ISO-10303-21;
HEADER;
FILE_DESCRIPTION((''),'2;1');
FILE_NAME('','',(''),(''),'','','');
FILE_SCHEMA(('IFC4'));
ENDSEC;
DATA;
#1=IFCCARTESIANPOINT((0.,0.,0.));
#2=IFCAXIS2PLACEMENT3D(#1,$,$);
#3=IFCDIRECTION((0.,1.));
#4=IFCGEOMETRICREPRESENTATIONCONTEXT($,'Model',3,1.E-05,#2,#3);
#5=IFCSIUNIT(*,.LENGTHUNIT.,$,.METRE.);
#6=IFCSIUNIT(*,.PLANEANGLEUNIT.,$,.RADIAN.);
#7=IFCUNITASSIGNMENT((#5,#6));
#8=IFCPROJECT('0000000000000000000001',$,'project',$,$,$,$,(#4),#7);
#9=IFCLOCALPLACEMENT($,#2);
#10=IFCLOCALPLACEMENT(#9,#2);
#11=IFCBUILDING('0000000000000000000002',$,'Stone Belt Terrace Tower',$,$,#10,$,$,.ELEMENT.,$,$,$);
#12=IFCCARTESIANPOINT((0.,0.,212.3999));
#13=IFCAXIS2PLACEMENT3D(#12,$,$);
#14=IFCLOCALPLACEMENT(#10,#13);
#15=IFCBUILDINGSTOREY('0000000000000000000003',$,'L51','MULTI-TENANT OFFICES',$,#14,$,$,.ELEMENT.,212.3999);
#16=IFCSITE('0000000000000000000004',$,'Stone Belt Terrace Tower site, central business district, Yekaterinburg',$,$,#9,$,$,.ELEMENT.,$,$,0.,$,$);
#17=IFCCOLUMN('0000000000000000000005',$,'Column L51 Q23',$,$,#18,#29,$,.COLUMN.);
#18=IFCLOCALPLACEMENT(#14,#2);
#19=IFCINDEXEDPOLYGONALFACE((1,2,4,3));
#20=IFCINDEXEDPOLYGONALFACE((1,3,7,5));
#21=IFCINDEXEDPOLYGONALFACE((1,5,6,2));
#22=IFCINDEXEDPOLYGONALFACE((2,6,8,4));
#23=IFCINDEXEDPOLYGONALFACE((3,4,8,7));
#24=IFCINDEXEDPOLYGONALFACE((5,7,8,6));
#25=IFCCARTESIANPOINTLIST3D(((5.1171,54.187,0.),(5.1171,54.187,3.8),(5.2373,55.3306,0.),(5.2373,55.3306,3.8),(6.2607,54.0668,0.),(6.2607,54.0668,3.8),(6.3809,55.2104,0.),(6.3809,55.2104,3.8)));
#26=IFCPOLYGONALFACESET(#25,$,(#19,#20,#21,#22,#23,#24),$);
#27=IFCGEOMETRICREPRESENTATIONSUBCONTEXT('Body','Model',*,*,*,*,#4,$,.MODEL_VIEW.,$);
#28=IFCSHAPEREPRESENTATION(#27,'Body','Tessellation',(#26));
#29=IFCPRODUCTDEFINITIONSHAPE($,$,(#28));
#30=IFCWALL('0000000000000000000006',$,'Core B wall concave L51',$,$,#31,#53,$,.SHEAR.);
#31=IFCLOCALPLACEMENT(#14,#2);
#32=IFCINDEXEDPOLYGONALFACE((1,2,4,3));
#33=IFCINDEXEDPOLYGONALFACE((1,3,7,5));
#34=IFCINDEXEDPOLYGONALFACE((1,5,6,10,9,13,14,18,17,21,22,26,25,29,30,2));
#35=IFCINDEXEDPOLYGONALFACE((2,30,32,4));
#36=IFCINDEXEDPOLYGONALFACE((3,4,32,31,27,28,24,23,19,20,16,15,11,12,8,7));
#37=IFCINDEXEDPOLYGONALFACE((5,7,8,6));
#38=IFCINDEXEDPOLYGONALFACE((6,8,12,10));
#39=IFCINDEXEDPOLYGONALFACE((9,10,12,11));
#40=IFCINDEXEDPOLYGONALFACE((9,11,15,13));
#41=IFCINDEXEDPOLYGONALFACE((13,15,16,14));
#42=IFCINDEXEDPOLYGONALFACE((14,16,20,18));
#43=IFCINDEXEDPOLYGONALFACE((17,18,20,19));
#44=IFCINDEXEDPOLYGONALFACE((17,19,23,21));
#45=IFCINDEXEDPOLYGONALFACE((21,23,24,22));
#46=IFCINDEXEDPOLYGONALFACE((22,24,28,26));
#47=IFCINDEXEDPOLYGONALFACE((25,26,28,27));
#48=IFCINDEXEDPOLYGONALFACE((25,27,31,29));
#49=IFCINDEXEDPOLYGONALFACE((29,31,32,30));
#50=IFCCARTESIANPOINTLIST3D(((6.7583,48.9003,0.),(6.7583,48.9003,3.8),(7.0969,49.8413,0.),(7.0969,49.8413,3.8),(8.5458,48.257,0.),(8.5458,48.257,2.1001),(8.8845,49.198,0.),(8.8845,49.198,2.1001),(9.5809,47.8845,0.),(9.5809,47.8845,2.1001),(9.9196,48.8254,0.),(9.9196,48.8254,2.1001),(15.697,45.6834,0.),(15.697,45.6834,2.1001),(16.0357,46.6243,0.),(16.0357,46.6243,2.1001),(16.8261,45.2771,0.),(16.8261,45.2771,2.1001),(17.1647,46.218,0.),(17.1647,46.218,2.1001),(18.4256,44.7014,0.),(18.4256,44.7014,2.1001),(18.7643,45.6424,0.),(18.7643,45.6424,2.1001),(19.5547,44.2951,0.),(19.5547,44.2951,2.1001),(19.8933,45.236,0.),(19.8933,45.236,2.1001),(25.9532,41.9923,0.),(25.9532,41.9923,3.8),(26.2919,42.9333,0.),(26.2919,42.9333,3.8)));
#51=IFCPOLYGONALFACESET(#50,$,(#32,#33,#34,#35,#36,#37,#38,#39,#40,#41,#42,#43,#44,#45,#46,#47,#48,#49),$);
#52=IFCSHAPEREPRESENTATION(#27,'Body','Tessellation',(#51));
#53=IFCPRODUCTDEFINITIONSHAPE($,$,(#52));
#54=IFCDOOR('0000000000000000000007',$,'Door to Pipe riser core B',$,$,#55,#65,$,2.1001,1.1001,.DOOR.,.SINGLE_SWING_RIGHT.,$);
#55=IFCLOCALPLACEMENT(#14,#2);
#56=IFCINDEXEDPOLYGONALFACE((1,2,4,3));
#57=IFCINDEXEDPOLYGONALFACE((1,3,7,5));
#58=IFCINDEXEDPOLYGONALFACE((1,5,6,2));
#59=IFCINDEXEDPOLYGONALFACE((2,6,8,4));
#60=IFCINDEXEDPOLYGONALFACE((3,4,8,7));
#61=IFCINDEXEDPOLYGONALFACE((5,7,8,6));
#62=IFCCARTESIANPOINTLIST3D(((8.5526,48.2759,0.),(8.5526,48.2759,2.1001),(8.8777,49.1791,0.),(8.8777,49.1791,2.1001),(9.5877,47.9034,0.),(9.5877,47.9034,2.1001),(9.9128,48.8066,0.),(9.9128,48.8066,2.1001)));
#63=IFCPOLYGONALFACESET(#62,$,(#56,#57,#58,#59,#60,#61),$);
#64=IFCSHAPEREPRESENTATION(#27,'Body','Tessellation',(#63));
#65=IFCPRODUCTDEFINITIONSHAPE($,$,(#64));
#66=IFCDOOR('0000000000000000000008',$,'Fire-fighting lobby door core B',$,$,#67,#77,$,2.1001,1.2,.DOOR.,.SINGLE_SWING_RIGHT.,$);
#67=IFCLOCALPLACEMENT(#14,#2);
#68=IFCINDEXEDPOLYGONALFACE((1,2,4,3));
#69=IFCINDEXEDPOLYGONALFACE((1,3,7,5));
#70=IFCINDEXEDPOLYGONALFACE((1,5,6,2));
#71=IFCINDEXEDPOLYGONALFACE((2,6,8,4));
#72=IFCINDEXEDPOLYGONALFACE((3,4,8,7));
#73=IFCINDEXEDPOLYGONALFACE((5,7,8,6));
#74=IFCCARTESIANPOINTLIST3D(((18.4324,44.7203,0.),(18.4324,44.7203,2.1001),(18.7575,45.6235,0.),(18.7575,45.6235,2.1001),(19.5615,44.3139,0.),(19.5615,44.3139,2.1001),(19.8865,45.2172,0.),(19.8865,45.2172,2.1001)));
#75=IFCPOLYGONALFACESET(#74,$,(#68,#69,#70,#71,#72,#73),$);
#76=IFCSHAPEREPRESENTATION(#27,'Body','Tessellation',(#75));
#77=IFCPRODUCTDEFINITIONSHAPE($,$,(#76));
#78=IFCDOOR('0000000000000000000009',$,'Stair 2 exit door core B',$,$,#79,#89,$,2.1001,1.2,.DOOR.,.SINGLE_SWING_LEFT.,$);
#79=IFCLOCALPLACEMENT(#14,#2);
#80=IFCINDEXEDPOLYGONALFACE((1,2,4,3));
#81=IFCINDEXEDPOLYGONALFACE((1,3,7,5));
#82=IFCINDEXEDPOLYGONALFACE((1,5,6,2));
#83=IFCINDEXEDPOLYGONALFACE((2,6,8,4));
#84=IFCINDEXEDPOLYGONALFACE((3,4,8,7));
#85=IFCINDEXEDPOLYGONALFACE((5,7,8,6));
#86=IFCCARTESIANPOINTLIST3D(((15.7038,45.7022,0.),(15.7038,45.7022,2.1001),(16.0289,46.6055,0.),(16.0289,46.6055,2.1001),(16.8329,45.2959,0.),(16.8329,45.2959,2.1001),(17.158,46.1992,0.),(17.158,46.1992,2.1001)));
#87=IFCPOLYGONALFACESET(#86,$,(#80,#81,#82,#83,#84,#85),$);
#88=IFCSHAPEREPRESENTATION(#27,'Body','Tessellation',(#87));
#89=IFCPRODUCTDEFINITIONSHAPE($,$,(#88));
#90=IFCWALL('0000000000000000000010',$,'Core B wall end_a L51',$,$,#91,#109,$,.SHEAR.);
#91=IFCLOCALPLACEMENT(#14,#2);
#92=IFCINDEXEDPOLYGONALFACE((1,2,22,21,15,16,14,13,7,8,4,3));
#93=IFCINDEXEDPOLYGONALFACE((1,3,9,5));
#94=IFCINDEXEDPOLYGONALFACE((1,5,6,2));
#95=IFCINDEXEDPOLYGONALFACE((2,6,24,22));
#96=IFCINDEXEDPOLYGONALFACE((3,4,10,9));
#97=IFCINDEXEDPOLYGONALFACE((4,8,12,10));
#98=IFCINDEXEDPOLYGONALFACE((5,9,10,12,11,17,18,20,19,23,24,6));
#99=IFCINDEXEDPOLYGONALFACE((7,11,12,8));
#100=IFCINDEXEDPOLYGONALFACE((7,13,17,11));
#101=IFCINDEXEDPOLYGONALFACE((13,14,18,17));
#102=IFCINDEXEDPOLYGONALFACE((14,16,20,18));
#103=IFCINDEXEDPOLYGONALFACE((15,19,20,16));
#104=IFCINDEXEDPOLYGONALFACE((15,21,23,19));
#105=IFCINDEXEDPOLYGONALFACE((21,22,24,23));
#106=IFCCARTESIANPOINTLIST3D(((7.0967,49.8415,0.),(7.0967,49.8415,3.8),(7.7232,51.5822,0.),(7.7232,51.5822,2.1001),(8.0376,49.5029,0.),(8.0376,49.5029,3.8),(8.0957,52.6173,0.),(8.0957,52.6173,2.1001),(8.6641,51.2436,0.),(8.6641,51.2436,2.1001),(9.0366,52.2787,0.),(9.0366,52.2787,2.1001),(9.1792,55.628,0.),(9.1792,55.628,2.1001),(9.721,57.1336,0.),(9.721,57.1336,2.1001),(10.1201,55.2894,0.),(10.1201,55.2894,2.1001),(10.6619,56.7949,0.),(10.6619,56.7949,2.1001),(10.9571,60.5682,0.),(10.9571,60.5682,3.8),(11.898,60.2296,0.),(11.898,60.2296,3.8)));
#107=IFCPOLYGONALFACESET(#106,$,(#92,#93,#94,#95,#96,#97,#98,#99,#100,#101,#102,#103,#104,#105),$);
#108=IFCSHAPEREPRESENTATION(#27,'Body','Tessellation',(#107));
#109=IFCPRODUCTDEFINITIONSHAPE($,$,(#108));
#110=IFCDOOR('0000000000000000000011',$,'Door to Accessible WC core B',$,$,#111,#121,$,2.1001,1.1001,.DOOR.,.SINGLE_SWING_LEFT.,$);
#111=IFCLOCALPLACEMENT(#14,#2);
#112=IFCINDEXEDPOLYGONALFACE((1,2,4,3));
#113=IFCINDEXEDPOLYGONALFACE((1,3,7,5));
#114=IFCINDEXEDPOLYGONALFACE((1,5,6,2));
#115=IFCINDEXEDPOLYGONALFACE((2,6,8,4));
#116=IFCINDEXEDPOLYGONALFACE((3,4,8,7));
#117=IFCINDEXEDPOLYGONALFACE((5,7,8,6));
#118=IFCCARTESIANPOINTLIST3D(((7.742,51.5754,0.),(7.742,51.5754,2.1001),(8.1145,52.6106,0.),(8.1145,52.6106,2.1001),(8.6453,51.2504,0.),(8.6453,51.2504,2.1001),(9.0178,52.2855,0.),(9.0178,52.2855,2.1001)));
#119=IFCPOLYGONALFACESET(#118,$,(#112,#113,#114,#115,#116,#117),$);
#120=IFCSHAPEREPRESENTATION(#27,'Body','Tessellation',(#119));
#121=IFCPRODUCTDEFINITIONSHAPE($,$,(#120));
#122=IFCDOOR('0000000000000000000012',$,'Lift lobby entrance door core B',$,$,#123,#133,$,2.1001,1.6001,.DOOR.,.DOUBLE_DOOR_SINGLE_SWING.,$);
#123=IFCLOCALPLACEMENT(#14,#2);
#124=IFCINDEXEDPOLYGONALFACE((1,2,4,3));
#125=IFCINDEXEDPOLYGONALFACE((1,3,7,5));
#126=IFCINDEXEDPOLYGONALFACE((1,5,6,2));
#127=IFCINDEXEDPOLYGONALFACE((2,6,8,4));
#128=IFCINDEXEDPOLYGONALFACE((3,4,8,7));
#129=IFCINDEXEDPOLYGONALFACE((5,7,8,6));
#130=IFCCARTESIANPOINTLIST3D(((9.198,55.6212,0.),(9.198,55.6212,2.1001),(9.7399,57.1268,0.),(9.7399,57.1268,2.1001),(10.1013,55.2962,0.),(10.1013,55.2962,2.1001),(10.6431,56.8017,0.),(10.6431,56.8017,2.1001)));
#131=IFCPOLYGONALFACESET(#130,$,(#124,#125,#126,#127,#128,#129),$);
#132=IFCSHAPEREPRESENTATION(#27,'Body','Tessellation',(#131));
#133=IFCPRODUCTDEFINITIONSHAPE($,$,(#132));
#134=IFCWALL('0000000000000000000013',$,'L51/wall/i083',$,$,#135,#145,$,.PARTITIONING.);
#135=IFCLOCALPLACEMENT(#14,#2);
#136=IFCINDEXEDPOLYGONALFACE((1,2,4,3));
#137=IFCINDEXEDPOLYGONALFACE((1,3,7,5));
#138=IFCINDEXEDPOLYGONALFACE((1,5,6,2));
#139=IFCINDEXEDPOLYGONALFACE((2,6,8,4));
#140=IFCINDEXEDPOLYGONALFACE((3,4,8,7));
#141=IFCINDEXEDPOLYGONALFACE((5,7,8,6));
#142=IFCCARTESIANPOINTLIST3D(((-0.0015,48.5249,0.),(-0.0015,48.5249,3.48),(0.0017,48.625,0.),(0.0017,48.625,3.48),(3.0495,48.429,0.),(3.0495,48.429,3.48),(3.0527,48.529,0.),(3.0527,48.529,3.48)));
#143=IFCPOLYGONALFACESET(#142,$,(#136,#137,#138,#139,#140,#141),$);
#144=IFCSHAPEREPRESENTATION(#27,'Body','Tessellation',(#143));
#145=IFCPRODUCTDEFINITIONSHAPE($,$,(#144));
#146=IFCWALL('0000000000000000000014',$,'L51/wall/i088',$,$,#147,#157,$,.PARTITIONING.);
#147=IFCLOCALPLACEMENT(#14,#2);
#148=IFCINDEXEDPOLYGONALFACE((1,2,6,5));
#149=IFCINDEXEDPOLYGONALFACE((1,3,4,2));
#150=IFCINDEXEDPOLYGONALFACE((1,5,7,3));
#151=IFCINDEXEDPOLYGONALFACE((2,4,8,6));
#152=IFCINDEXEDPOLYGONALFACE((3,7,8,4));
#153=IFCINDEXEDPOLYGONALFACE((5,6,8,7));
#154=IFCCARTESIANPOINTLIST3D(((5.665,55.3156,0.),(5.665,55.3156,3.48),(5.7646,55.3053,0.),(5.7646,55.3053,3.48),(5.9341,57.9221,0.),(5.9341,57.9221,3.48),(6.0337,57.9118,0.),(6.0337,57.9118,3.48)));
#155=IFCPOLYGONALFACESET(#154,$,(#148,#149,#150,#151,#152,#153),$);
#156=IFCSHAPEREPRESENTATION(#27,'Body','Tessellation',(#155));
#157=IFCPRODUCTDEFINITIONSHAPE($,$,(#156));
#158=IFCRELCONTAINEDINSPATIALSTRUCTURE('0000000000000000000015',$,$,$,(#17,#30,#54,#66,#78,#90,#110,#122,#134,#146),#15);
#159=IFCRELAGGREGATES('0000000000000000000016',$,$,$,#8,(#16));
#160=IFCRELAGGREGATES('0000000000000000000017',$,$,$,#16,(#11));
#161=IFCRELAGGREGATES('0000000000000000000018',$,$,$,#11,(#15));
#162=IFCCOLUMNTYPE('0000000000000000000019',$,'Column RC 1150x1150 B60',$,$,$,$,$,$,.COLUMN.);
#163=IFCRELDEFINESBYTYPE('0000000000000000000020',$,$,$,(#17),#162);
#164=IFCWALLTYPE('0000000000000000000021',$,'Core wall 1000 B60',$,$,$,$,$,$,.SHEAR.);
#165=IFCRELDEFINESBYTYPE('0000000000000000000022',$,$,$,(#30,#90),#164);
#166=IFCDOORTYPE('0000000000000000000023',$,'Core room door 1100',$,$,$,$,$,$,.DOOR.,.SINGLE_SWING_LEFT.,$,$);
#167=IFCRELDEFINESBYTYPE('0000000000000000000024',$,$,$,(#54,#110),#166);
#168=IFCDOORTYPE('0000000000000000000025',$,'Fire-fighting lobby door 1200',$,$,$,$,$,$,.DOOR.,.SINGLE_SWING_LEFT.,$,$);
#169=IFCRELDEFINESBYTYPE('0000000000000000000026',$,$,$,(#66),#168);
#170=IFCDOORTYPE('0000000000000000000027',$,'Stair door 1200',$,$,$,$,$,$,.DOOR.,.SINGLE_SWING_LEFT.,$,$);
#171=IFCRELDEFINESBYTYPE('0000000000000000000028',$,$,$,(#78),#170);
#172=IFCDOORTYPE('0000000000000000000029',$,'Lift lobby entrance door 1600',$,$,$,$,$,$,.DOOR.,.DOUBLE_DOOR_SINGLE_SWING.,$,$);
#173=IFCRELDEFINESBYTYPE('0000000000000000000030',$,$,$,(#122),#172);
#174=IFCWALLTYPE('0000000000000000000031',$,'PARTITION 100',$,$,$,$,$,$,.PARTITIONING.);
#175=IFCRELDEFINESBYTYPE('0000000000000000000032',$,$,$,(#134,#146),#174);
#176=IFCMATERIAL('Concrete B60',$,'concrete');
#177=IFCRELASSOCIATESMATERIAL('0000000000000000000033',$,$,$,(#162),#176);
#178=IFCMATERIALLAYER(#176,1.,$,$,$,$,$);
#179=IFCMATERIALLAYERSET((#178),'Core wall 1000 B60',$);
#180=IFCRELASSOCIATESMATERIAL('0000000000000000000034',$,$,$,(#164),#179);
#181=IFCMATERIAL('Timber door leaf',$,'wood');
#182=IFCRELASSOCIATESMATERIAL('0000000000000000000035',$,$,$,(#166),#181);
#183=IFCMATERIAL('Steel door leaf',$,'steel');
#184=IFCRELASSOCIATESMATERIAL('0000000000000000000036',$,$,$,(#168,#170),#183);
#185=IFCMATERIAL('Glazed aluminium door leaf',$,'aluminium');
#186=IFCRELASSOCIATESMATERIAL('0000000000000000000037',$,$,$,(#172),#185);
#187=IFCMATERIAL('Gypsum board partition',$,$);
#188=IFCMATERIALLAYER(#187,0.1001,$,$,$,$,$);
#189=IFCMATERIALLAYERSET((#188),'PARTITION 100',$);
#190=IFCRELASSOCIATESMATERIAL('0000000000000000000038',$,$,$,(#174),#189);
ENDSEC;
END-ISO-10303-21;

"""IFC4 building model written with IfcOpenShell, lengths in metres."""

from ifc_helpers import new_model, si_unit, direction, frame, frame_2d, origin, origin_2d, place, context, subcontext, project, spatial, rectangle, extrude, material, layer, layer_set, material_profile, profile_set, type_object, element, fill, save


model = new_model("IFC4")

# Units and contexts
model_context = context("Model", 3, precision=1e-05, world=origin(), true_north=direction((0.0, 1.0)))
body_context = subcontext(model_context, "Body", "Model", "MODEL_VIEW")
ifc_project = project(units=[si_unit("LENGTHUNIT", "METRE"), si_unit("PLANEANGLEUNIT", "RADIAN")], contexts=[model_context])

# Site, building, storey
site_placement = place(None, origin())
site = spatial("IfcSite", under=ifc_project, at=site_placement, Name="Stone Belt Terrace Tower site, central business district, Yekaterinburg", CompositionType="ELEMENT", RefElevation=0.0)
building_placement = place(site_placement, origin())
building = spatial("IfcBuilding", under=site, at=building_placement, Name="Stone Belt Terrace Tower", CompositionType="ELEMENT")
storey_placement = place(building_placement, frame((0.0, 0.0, 212.3999)))
storey = spatial("IfcBuildingStorey", under=building, at=storey_placement, Name="L51", Description="MULTI-TENANT OFFICES", CompositionType="ELEMENT", Elevation=212.3999)

# Column
ifc_material_1 = material(Name="Concrete B60", Category="concrete")
ifc_material_profile = material_profile(ifc_material_1, rectangle(XDim=1.1499, YDim=1.1499, at=origin_2d()), Name="RC 1150x1150")
ifc_profile_set = profile_set([ifc_material_profile], Name="Concrete B60")
column_type = type_object("IfcColumnType", Name="Column RC 1150x1150 B60", PredefinedType="COLUMN", material=ifc_profile_set)
column_placement = place(storey_placement, frame((5.749, 54.6987, 0.0), z_axis=(0.0, 0.0, 1.0), x_axis=(0.994522, -0.104528, 0.0)))
element("IfcColumn", 1, at=column_placement, inside=storey, type_object=column_type, Name="Column L51 Q23", PredefinedType="COLUMN", context=body_context, shape_type="SweptSolid", body=[
    extrude(rectangle(XDim=1.1499, YDim=1.1499, at=origin_2d()), origin(), (0.0, 0.0, 1.0), 3.8),
])

# Walls, openings, doors
ifc_layer_1 = layer(ifc_material_1, 1.0)
ifc_layer_set_1 = layer_set([ifc_layer_1], Name="Core wall 1000 B60")
wall_type_1 = type_object("IfcWallType", Name="Core wall 1000 B60", PredefinedType="SHEAR", material=ifc_layer_set_1)
wall_1_placement = place(storey_placement, frame((6.9275, 49.3708, 0.0), z_axis=(0.0, 0.0, 1.0), x_axis=(0.940921, -0.338625, 0.0)))
wall_1 = element("IfcWall", 2, at=wall_1_placement, inside=storey, type_object=wall_type_1, Name="Core B wall concave L51", PredefinedType="SHEAR", context=body_context, shape_type="SweptSolid", body=[
    extrude(rectangle(XDim=20.4001, YDim=1.0, at=frame_2d((10.2002, 0.0))), origin(), (0.0, 0.0, 1.0), 3.8),
])
opening_1_placement = place(wall_1_placement, frame((12.3999, 0.0, 0.0)))
opening_1 = element("IfcOpeningElement", 3, at=opening_1_placement, cuts=wall_1, PredefinedType="OPENING", context=body_context, shape_type="SweptSolid", body=[
    extrude(rectangle(XDim=1.2, YDim=2.1001, at=frame_2d((0.6001, 1.05))), frame((0.0, 0.51, 0.0), z_axis=(0.0, -1.0, 0.0), x_axis=(1.0, 0.0, 0.0)), (0.0, 0.0, 1.0), 1.02),
])
opening_2_placement = place(wall_1_placement, frame((9.5, 0.0, 0.0)))
opening_2 = element("IfcOpeningElement", 4, at=opening_2_placement, cuts=wall_1, PredefinedType="OPENING", context=body_context, shape_type="SweptSolid", body=[
    extrude(rectangle(XDim=1.2, YDim=2.1001, at=frame_2d((0.6001, 1.05))), frame((0.0, 0.51, 0.0), z_axis=(0.0, -1.0, 0.0), x_axis=(1.0, 0.0, 0.0)), (0.0, 0.0, 1.0), 1.02),
])
opening_3_placement = place(wall_1_placement, frame((1.8999, 0.0, 0.0)))
opening_3 = element("IfcOpeningElement", 5, at=opening_3_placement, cuts=wall_1, PredefinedType="OPENING", context=body_context, shape_type="SweptSolid", body=[
    extrude(rectangle(XDim=1.1001, YDim=2.1001, at=frame_2d((0.55, 1.05))), frame((0.0, 0.51, 0.0), z_axis=(0.0, -1.0, 0.0), x_axis=(1.0, 0.0, 0.0)), (0.0, 0.0, 1.0), 1.02),
])
ifc_material_2 = material(Name="Timber door leaf", Category="wood")
door_type_1 = type_object("IfcDoorType", Name="Core room door 1100", OperationType="SINGLE_SWING_LEFT", PredefinedType="DOOR", material=ifc_material_2)
door_1_placement = place(opening_3_placement, origin())
door_1 = element("IfcDoor", 6, at=door_1_placement, inside=storey, type_object=door_type_1, Name="Door to Pipe riser core B", OperationType="SINGLE_SWING_RIGHT", OverallHeight=2.1001, OverallWidth=1.1001, PredefinedType="DOOR", context=body_context, shape_type="SweptSolid", body=[
    extrude(rectangle(XDim=1.1001, YDim=2.1001, at=frame_2d((0.55, 1.05))), frame((0.0, 0.48, 0.0), z_axis=(0.0, -1.0, 0.0), x_axis=(1.0, 0.0, 0.0)), (0.0, 0.0, 1.0), 0.96),
])
fill(opening_3, door_1)
ifc_material_3 = material(Name="Steel door leaf", Category="steel")
door_type_2 = type_object("IfcDoorType", Name="Fire-fighting lobby door 1200", OperationType="SINGLE_SWING_LEFT", PredefinedType="DOOR", material=ifc_material_3)
door_2_placement = place(opening_1_placement, origin())
door_2 = element("IfcDoor", 7, at=door_2_placement, inside=storey, type_object=door_type_2, Name="Fire-fighting lobby door core B", OperationType="SINGLE_SWING_RIGHT", OverallHeight=2.1001, OverallWidth=1.2, PredefinedType="DOOR", context=body_context, shape_type="SweptSolid", body=[
    extrude(rectangle(XDim=1.2, YDim=2.1001, at=frame_2d((0.6001, 1.05))), frame((0.0, 0.48, 0.0), z_axis=(0.0, -1.0, 0.0), x_axis=(1.0, 0.0, 0.0)), (0.0, 0.0, 1.0), 0.96),
])
fill(opening_1, door_2)
door_type_3 = type_object("IfcDoorType", Name="Stair door 1200", OperationType="SINGLE_SWING_LEFT", PredefinedType="DOOR", material=ifc_material_3)
door_3_placement = place(opening_2_placement, origin())
door_3 = element("IfcDoor", 8, at=door_3_placement, inside=storey, type_object=door_type_3, Name="Stair 2 exit door core B", OperationType="SINGLE_SWING_LEFT", OverallHeight=2.1001, OverallWidth=1.2, PredefinedType="DOOR", context=body_context, shape_type="SweptSolid", body=[
    extrude(rectangle(XDim=1.2, YDim=2.1001, at=frame_2d((0.6001, 1.05))), frame((0.0, 0.48, 0.0), z_axis=(0.0, -1.0, 0.0), x_axis=(1.0, 0.0, 0.0)), (0.0, 0.0, 1.0), 0.96),
])
fill(opening_2, door_3)
wall_2_placement = place(storey_placement, frame((7.5671, 49.6721, 0.0), z_axis=(0.0, 0.0, 1.0), x_axis=(0.338625, 0.940921, 0.0)))
wall_2 = element("IfcWall", 9, at=wall_2_placement, inside=storey, type_object=wall_type_1, Name="Core B wall end_a L51", PredefinedType="SHEAR", context=body_context, shape_type="SweptSolid", body=[
    extrude(rectangle(XDim=11.4001, YDim=1.0, at=frame_2d((5.7002, 0.0))), origin(), (0.0, 0.0, 1.0), 3.8),
])
opening_4_placement = place(wall_2_placement, frame((6.1499, 0.0, 0.0)))
opening_4 = element("IfcOpeningElement", 10, at=opening_4_placement, cuts=wall_2, PredefinedType="OPENING", context=body_context, shape_type="SweptSolid", body=[
    extrude(rectangle(XDim=1.6001, YDim=2.1001, at=frame_2d((0.8, 1.05))), frame((0.0, 0.51, 0.0), z_axis=(0.0, -1.0, 0.0), x_axis=(1.0, 0.0, 0.0)), (0.0, 0.0, 1.0), 1.02),
])
opening_5_placement = place(wall_2_placement, frame((1.8501, 0.0, 0.0)))
opening_5 = element("IfcOpeningElement", 11, at=opening_5_placement, cuts=wall_2, PredefinedType="OPENING", context=body_context, shape_type="SweptSolid", body=[
    extrude(rectangle(XDim=1.1001, YDim=2.1001, at=frame_2d((0.55, 1.05))), frame((0.0, 0.51, 0.0), z_axis=(0.0, -1.0, 0.0), x_axis=(1.0, 0.0, 0.0)), (0.0, 0.0, 1.0), 1.02),
])
door_4_placement = place(opening_5_placement, origin())
door_4 = element("IfcDoor", 12, at=door_4_placement, inside=storey, type_object=door_type_1, Name="Door to Accessible WC core B", OperationType="SINGLE_SWING_LEFT", OverallHeight=2.1001, OverallWidth=1.1001, PredefinedType="DOOR", context=body_context, shape_type="SweptSolid", body=[
    extrude(rectangle(XDim=1.1001, YDim=2.1001, at=frame_2d((0.55, 1.05))), frame((0.0, 0.48, 0.0), z_axis=(0.0, -1.0, 0.0), x_axis=(1.0, 0.0, 0.0)), (0.0, 0.0, 1.0), 0.96),
])
fill(opening_5, door_4)
ifc_material_4 = material(Name="Glazed aluminium door leaf", Category="aluminium")
door_type_4 = type_object("IfcDoorType", Name="Lift lobby entrance door 1600", OperationType="DOUBLE_DOOR_SINGLE_SWING", PredefinedType="DOOR", material=ifc_material_4)
door_5_placement = place(opening_4_placement, origin())
door_5 = element("IfcDoor", 13, at=door_5_placement, inside=storey, type_object=door_type_4, Name="Lift lobby entrance door core B", OperationType="DOUBLE_DOOR_SINGLE_SWING", OverallHeight=2.1001, OverallWidth=1.6001, PredefinedType="DOOR", context=body_context, shape_type="SweptSolid", body=[
    extrude(rectangle(XDim=1.6001, YDim=2.1001, at=frame_2d((0.8, 1.05))), frame((0.0, 0.48, 0.0), z_axis=(0.0, -1.0, 0.0), x_axis=(1.0, 0.0, 0.0)), (0.0, 0.0, 1.0), 0.96),
])
fill(opening_4, door_5)

# Walls
ifc_material_5 = material(Name="Gypsum board partition")
ifc_layer_2 = layer(ifc_material_5, 0.1001)
ifc_layer_set_2 = layer_set([ifc_layer_2], Name="PARTITION 100")
wall_type_2 = type_object("IfcWallType", Name="PARTITION 100", PredefinedType="PARTITIONING", material=ifc_layer_set_2)
wall_3_placement = place(storey_placement, frame((0.0, 48.575, 0.0), z_axis=(0.0, 0.0, 1.0), x_axis=(0.999506, -0.031432, 0.0)))
element("IfcWall", 14, at=wall_3_placement, inside=storey, type_object=wall_type_2, Name="L51/wall/i083", PredefinedType="PARTITIONING", context=body_context, shape_type="SweptSolid", body=[
    extrude(rectangle(XDim=3.0525, YDim=0.1001, at=frame_2d((1.5264, 0.0))), origin(), (0.0, 0.0, 1.0), 3.48),
])
wall_4_placement = place(storey_placement, frame((5.7148, 55.3105, 0.0), z_axis=(0.0, 0.0, 1.0), x_axis=(0.102677, 0.994715, 0.0)))
element("IfcWall", 15, at=wall_4_placement, inside=storey, type_object=wall_type_2, Name="L51/wall/i088", PredefinedType="PARTITIONING", context=body_context, shape_type="SweptSolid", body=[
    extrude(rectangle(XDim=2.6204, YDim=0.1001, at=frame_2d((1.3101, 0.0))), origin(), (0.0, 0.0, 1.0), 3.48),
])

save(model, "model.ifc")
